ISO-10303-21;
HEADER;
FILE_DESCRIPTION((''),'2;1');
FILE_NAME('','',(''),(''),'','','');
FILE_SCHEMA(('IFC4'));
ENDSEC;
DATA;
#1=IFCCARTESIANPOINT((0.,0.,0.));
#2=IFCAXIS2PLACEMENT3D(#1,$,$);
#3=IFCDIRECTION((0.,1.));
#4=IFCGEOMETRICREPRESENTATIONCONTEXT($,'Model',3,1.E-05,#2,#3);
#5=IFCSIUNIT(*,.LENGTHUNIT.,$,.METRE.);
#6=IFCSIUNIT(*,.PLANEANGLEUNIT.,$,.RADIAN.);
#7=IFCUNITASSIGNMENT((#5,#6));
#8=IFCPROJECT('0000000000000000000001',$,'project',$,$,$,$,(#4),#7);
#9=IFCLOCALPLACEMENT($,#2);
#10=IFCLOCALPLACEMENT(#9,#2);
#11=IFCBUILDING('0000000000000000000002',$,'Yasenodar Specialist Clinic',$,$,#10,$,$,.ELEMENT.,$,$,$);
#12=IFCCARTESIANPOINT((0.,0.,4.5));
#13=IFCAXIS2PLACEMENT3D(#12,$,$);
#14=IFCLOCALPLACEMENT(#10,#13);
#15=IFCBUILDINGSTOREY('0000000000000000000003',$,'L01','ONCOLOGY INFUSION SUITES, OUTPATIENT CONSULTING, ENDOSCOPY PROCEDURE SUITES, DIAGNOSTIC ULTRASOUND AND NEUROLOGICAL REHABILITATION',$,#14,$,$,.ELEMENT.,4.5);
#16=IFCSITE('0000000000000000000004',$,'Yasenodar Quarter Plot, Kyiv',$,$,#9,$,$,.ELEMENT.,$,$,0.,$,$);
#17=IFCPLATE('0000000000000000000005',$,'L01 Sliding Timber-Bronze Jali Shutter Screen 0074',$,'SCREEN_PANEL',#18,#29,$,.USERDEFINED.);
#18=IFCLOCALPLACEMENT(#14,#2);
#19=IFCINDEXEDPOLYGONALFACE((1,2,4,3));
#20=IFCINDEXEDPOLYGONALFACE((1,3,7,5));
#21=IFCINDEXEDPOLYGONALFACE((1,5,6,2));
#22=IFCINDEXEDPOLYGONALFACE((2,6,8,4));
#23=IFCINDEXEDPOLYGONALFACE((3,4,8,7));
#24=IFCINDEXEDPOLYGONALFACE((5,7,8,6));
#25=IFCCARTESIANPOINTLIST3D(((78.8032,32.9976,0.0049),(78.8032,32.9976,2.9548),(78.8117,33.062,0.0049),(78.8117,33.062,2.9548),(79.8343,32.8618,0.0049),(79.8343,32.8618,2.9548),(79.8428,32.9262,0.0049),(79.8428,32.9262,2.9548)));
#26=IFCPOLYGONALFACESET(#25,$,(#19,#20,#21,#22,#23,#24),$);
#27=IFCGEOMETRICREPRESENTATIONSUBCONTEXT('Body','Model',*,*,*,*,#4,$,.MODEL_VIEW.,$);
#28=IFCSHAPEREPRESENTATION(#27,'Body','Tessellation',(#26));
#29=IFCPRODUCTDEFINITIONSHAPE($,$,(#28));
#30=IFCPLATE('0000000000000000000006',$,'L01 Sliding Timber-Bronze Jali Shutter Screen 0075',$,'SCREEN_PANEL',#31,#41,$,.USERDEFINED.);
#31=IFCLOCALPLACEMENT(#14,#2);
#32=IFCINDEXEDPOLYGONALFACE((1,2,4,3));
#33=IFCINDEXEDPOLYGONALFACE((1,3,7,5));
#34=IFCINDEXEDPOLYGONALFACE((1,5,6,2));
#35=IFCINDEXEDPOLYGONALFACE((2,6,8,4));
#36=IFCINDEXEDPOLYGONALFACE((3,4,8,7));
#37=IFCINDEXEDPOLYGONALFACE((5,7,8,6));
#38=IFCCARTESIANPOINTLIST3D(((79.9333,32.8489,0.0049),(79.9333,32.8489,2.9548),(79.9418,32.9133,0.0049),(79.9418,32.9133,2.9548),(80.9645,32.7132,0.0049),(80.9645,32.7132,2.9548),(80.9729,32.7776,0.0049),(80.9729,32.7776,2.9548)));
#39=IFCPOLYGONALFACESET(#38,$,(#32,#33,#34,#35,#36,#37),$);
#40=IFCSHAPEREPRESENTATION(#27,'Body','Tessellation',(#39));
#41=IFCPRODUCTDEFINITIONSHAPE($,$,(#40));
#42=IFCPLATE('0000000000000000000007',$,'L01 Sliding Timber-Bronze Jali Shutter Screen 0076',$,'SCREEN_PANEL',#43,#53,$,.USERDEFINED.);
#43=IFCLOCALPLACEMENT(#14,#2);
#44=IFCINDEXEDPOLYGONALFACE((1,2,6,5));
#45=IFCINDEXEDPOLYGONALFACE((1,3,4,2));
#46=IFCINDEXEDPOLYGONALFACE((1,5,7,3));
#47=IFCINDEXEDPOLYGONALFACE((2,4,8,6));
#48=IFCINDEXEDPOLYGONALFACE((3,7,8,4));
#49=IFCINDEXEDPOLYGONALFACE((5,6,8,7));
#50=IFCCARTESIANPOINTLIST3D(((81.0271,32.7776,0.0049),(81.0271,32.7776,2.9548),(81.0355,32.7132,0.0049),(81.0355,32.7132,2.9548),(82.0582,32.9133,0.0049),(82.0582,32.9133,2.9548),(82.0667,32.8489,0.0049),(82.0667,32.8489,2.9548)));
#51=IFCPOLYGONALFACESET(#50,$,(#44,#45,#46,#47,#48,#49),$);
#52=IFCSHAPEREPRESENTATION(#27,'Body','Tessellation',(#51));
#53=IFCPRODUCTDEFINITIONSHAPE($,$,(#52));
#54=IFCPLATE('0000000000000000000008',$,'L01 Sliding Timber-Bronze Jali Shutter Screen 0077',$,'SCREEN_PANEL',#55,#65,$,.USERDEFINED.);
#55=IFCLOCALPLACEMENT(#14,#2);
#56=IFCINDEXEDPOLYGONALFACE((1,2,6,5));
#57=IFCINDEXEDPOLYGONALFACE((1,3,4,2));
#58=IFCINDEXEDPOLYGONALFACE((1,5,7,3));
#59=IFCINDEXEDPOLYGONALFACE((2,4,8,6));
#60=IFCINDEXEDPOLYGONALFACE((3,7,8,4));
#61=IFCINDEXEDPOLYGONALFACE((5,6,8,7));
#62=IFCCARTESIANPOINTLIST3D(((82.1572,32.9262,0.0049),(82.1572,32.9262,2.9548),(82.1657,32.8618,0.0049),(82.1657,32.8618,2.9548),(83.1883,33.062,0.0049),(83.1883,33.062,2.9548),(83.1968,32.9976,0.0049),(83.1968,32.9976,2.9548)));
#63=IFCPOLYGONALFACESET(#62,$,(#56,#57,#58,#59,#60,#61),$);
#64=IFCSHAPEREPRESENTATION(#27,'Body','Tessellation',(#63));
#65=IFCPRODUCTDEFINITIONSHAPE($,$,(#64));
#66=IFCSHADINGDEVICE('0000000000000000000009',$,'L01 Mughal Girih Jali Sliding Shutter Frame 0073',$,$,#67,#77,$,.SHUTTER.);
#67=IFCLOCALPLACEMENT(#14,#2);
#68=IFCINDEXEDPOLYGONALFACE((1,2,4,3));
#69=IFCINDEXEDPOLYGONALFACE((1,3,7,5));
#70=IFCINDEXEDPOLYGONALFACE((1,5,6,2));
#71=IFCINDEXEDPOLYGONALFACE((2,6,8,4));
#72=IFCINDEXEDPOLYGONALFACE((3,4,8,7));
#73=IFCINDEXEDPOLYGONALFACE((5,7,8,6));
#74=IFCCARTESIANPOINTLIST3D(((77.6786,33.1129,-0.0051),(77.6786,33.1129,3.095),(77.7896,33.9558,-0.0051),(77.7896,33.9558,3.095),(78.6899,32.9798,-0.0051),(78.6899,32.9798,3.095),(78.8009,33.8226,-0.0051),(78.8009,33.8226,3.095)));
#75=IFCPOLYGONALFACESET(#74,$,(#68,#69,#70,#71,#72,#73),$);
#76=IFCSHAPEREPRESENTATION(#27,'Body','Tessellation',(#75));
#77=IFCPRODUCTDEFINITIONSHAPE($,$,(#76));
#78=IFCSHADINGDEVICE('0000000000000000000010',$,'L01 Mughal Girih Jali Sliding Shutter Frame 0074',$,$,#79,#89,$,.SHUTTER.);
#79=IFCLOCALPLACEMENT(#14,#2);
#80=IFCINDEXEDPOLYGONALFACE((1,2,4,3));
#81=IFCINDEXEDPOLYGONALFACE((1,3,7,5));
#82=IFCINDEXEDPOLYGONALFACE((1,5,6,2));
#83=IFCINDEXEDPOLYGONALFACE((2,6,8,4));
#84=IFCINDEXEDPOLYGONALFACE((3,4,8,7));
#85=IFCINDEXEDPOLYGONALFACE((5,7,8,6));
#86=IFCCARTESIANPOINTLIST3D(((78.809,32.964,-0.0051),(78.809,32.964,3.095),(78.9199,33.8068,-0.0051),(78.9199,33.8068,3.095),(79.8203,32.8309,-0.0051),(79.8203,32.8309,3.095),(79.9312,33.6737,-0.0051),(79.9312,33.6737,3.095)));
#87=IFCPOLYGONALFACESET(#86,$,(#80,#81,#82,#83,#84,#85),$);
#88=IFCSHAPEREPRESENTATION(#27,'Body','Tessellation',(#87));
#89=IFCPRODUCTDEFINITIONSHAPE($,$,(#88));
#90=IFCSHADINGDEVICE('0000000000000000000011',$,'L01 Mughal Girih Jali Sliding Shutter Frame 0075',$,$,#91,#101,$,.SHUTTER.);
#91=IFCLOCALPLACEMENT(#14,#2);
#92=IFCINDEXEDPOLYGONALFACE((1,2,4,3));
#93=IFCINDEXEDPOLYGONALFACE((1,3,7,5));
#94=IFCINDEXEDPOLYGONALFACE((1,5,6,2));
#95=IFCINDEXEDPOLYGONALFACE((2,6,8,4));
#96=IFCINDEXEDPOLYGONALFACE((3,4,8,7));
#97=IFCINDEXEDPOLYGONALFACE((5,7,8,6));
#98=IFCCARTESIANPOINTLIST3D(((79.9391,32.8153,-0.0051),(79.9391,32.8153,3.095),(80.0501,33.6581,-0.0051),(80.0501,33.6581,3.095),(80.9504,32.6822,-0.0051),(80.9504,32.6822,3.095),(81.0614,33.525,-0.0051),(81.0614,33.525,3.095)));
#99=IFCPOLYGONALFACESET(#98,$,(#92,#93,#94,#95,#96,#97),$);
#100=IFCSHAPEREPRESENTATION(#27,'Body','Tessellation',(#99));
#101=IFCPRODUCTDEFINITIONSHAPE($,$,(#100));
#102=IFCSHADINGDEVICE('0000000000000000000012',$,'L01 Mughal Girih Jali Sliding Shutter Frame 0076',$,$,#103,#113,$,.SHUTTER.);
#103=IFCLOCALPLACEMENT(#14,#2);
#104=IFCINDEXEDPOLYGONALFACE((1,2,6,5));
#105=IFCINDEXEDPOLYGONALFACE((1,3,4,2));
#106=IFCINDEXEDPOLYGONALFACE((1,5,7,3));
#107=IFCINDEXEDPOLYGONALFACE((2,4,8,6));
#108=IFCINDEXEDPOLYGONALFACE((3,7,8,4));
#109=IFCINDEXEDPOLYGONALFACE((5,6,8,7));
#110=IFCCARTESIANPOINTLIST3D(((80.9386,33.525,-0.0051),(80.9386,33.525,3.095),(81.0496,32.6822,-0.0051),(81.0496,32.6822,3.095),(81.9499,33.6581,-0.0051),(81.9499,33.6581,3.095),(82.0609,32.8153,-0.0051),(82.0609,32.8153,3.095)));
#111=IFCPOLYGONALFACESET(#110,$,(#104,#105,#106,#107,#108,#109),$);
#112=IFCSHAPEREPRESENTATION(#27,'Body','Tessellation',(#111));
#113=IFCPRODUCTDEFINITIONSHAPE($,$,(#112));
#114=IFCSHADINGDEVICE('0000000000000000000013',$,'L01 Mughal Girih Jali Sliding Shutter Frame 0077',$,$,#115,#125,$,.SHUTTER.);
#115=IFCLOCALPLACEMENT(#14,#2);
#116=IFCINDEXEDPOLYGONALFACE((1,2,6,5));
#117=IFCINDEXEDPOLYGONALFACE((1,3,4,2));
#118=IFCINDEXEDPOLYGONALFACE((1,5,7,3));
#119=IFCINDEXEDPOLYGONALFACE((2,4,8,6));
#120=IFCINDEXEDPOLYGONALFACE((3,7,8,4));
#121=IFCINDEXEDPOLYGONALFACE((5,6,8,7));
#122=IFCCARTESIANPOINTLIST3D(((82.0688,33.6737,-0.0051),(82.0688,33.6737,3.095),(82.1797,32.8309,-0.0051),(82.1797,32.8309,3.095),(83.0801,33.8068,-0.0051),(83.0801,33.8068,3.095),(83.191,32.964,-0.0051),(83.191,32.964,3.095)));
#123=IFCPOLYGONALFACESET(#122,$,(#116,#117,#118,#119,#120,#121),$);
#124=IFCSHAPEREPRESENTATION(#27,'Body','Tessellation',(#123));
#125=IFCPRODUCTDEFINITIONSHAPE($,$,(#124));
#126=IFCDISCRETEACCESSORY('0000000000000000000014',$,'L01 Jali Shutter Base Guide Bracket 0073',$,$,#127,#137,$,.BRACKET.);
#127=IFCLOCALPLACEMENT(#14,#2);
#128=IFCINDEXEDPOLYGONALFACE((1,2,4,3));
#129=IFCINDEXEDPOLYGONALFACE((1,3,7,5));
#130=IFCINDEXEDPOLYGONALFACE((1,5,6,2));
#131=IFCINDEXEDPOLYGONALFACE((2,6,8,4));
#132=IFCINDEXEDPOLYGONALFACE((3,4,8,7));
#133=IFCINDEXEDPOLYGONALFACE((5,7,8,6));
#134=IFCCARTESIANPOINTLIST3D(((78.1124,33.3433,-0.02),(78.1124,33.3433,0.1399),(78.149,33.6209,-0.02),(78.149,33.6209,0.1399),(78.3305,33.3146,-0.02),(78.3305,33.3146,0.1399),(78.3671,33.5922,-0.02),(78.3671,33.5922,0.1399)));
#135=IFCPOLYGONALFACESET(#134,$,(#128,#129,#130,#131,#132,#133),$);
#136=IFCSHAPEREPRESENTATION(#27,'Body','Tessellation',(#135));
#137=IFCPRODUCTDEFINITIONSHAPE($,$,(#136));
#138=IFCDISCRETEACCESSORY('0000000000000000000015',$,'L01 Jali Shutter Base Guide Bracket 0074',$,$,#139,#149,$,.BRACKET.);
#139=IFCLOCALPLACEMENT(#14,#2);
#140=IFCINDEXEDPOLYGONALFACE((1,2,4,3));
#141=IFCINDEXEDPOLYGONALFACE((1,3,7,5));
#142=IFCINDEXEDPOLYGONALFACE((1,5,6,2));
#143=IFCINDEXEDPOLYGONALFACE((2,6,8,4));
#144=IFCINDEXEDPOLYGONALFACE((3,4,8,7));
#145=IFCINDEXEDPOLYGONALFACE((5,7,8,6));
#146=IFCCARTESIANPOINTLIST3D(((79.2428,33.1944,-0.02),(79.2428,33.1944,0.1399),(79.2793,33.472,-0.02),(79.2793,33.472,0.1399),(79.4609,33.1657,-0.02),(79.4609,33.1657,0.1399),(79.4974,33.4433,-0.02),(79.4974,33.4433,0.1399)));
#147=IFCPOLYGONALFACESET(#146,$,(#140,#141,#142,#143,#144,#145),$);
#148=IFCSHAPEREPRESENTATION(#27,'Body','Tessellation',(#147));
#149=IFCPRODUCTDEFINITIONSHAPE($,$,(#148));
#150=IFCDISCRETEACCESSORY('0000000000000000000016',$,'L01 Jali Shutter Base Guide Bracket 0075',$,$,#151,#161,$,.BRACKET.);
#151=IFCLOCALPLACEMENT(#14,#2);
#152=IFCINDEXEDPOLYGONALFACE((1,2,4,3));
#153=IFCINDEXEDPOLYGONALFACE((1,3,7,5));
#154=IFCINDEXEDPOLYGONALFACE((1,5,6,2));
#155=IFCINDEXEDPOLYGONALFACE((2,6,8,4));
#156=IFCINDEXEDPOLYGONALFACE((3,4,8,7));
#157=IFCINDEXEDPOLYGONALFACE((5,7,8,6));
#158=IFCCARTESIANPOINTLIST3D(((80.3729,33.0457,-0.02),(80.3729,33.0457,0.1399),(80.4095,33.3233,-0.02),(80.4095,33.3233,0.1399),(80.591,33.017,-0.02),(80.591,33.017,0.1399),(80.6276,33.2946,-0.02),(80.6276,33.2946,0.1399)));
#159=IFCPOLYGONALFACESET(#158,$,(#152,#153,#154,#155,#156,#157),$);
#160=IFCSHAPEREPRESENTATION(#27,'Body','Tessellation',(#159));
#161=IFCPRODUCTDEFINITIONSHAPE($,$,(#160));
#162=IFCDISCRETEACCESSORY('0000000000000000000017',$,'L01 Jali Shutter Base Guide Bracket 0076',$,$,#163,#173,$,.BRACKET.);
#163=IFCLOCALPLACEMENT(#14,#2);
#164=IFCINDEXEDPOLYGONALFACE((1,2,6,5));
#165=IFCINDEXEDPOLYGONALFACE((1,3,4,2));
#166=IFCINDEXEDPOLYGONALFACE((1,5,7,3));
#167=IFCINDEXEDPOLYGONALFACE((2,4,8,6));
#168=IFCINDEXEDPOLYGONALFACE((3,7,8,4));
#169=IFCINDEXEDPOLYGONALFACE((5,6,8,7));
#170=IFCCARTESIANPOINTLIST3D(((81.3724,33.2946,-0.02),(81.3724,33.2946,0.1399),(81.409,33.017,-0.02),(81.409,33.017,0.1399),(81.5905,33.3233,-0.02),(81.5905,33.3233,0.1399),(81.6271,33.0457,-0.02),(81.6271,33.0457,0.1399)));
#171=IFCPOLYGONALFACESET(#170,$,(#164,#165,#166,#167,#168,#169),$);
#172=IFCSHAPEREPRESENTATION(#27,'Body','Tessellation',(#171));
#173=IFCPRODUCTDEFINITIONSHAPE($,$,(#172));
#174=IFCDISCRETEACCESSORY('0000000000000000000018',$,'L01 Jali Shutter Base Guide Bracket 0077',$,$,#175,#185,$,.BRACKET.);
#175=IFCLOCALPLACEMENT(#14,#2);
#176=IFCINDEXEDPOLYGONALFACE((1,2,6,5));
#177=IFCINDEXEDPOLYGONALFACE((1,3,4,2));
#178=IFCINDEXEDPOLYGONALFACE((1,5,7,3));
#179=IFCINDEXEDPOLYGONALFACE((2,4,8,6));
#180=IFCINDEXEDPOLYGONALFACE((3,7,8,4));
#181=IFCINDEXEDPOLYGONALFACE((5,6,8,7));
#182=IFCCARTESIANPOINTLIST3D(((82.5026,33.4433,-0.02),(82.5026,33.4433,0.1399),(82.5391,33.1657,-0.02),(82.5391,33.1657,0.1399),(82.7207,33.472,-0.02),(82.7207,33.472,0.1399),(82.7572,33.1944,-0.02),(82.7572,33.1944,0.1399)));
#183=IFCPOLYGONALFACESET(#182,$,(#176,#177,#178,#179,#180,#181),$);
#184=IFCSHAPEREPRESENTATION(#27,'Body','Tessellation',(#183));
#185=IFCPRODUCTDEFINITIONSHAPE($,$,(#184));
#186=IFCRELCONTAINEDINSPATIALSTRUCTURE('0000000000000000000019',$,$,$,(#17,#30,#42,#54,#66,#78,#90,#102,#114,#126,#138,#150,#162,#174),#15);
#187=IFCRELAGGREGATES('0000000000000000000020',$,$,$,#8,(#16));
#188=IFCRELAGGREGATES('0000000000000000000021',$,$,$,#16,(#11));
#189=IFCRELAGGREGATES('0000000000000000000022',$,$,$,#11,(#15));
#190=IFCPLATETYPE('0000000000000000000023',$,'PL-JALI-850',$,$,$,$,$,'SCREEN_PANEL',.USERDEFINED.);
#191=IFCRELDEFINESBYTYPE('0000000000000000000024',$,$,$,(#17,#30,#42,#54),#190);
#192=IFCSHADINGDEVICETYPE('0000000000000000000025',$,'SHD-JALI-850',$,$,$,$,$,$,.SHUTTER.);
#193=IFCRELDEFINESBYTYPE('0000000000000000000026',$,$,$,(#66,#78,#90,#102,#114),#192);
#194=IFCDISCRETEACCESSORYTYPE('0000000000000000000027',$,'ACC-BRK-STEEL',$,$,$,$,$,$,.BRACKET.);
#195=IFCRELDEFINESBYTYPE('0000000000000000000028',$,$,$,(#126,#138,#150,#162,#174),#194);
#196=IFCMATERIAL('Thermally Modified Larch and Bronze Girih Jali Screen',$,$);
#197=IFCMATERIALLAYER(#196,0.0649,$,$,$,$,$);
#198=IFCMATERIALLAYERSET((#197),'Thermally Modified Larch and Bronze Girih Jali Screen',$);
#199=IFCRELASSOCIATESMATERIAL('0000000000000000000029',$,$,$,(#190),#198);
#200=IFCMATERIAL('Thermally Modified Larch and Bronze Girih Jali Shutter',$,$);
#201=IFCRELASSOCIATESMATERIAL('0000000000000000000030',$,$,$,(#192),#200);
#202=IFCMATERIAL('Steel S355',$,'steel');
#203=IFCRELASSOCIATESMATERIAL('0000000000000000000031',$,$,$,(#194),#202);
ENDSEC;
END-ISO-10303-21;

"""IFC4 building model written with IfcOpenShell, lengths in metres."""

from ifc_helpers import new_model, si_unit, direction, frame, origin, origin_2d, place, context, subcontext, project, spatial, rectangle, extrude, material, layer, layer_set, type_object, element, save


model = new_model("IFC4")

# Units and contexts
model_context = context("Model", 3, precision=1e-05, world=origin(), true_north=direction((0.0, 1.0)))
body_context = subcontext(model_context, "Body", "Model", "MODEL_VIEW")
ifc_project = project(units=[si_unit("LENGTHUNIT", "METRE"), si_unit("PLANEANGLEUNIT", "RADIAN")], contexts=[model_context])

# Site, building, storey
site_placement = place(None, origin())
site = spatial("IfcSite", under=ifc_project, at=site_placement, Name="Yasenodar Quarter Plot, Kyiv", CompositionType="ELEMENT", RefElevation=0.0)
building_placement = place(site_placement, origin())
building = spatial("IfcBuilding", under=site, at=building_placement, Name="Yasenodar Specialist Clinic", CompositionType="ELEMENT")
storey_placement = place(building_placement, frame((0.0, 0.0, 4.5)))
storey = spatial("IfcBuildingStorey", under=building, at=storey_placement, Name="L01", Description="ONCOLOGY INFUSION SUITES, OUTPATIENT CONSULTING, ENDOSCOPY PROCEDURE SUITES, DIAGNOSTIC ULTRASOUND AND NEUROLOGICAL REHABILITATION", CompositionType="ELEMENT", Elevation=4.5)

# Shared definitions
ifc_material_1 = material(Name="Steel S355", Category="steel")

# Plates
ifc_material_2 = material(Name="Thermally Modified Larch and Bronze Girih Jali Screen")
ifc_layer_1 = layer(ifc_material_2, 0.0649)
ifc_layer_set_1 = layer_set([ifc_layer_1], Name="Thermally Modified Larch and Bronze Girih Jali Screen")
plate_type = type_object("IfcPlateType", Name="PL-JALI-850", ElementType="SCREEN_PANEL", PredefinedType="USERDEFINED", material=ifc_layer_set_1)
for number, where, z_axis, x_axis, name in (
    (1, (79.323, 32.9619, 0.0049), (0.0, 0.0, 1.0), (0.991446, -0.130519, 0.0), "L01 Sliding Timber-Bronze Jali Shutter Screen 0074"),
    (2, (80.4531, 32.8132, 0.0049), (0.0, 0.0, 1.0), (0.991446, -0.130519, 0.0), "L01 Sliding Timber-Bronze Jali Shutter Screen 0075"),
    (3, (81.5469, 32.8132, 0.0049), (0.0, 0.0, 1.0), (0.991446, 0.130519, 0.0), "L01 Sliding Timber-Bronze Jali Shutter Screen 0076"),
    (4, (82.677, 32.9619, 0.0049), (0.0, 0.0, 1.0), (0.991446, 0.130519, 0.0), "L01 Sliding Timber-Bronze Jali Shutter Screen 0077"),
):
    element("IfcPlate", number, at=place(storey_placement, frame(where, z_axis=z_axis, x_axis=x_axis)), inside=storey, type_object=plate_type, Name=name, ObjectType="SCREEN_PANEL", PredefinedType="USERDEFINED", context=body_context, shape_type="SweptSolid", body=[
        extrude(rectangle(XDim=1.04, YDim=0.0649, at=origin_2d()), origin(), (0.0, 0.0, 1.0), 2.95),
    ])

# Shading devices
ifc_material_3 = material(Name="Thermally Modified Larch and Bronze Girih Jali Shutter")
shading_device_type = type_object("IfcShadingDeviceType", Name="SHD-JALI-850", PredefinedType="SHUTTER", material=ifc_material_3)
for number, where, z_axis, x_axis, name in (
    (5, (78.2397, 33.4678, -0.0051), (0.0, 0.0, 1.0), (0.991446, -0.130519, 0.0), "L01 Mughal Girih Jali Sliding Shutter Frame 0073"),
    (6, (79.3701, 33.3188, -0.0051), (0.0, 0.0, 1.0), (0.991446, -0.130519, 0.0), "L01 Mughal Girih Jali Sliding Shutter Frame 0074"),
    (7, (80.5002, 33.1702, -0.0051), (0.0, 0.0, 1.0), (0.991446, -0.130519, 0.0), "L01 Mughal Girih Jali Sliding Shutter Frame 0075"),
    (8, (81.4998, 33.1702, -0.0051), (0.0, 0.0, 1.0), (0.991446, 0.130519, 0.0), "L01 Mughal Girih Jali Sliding Shutter Frame 0076"),
    (9, (82.6299, 33.3188, -0.0051), (0.0, 0.0, 1.0), (0.991446, 0.130519, 0.0), "L01 Mughal Girih Jali Sliding Shutter Frame 0077"),
):
    element("IfcShadingDevice", number, at=place(storey_placement, frame(where, z_axis=z_axis, x_axis=x_axis)), inside=storey, type_object=shading_device_type, Name=name, PredefinedType="SHUTTER", context=body_context, shape_type="SweptSolid", body=[
        extrude(rectangle(XDim=1.02, YDim=0.8501, at=origin_2d()), origin(), (0.0, 0.0, 1.0), 3.1001),
    ])

# Discrete accessories
discrete_accessory_type = type_object("IfcDiscreteAccessoryType", Name="ACC-BRK-STEEL", PredefinedType="BRACKET", material=ifc_material_1)
for number, where, z_axis, x_axis, name in (
    (10, (78.2397, 33.4678, -0.02), (0.0, 0.0, 1.0), (0.991446, -0.130519, 0.0), "L01 Jali Shutter Base Guide Bracket 0073"),
    (11, (79.3701, 33.3188, -0.02), (0.0, 0.0, 1.0), (0.991446, -0.130519, 0.0), "L01 Jali Shutter Base Guide Bracket 0074"),
    (12, (80.5002, 33.1702, -0.02), (0.0, 0.0, 1.0), (0.991446, -0.130519, 0.0), "L01 Jali Shutter Base Guide Bracket 0075"),
    (13, (81.4998, 33.1702, -0.02), (0.0, 0.0, 1.0), (0.991446, 0.130519, 0.0), "L01 Jali Shutter Base Guide Bracket 0076"),
    (14, (82.6299, 33.3188, -0.02), (0.0, 0.0, 1.0), (0.991446, 0.130519, 0.0), "L01 Jali Shutter Base Guide Bracket 0077"),
):
    element("IfcDiscreteAccessory", number, at=place(storey_placement, frame(where, z_axis=z_axis, x_axis=x_axis)), inside=storey, type_object=discrete_accessory_type, Name=name, PredefinedType="BRACKET", context=body_context, shape_type="SweptSolid", body=[
        extrude(rectangle(XDim=0.22, YDim=0.28, at=origin_2d()), origin(), (0.0, 0.0, 1.0), 0.1599),
    ])

save(model, "model.ifc")
